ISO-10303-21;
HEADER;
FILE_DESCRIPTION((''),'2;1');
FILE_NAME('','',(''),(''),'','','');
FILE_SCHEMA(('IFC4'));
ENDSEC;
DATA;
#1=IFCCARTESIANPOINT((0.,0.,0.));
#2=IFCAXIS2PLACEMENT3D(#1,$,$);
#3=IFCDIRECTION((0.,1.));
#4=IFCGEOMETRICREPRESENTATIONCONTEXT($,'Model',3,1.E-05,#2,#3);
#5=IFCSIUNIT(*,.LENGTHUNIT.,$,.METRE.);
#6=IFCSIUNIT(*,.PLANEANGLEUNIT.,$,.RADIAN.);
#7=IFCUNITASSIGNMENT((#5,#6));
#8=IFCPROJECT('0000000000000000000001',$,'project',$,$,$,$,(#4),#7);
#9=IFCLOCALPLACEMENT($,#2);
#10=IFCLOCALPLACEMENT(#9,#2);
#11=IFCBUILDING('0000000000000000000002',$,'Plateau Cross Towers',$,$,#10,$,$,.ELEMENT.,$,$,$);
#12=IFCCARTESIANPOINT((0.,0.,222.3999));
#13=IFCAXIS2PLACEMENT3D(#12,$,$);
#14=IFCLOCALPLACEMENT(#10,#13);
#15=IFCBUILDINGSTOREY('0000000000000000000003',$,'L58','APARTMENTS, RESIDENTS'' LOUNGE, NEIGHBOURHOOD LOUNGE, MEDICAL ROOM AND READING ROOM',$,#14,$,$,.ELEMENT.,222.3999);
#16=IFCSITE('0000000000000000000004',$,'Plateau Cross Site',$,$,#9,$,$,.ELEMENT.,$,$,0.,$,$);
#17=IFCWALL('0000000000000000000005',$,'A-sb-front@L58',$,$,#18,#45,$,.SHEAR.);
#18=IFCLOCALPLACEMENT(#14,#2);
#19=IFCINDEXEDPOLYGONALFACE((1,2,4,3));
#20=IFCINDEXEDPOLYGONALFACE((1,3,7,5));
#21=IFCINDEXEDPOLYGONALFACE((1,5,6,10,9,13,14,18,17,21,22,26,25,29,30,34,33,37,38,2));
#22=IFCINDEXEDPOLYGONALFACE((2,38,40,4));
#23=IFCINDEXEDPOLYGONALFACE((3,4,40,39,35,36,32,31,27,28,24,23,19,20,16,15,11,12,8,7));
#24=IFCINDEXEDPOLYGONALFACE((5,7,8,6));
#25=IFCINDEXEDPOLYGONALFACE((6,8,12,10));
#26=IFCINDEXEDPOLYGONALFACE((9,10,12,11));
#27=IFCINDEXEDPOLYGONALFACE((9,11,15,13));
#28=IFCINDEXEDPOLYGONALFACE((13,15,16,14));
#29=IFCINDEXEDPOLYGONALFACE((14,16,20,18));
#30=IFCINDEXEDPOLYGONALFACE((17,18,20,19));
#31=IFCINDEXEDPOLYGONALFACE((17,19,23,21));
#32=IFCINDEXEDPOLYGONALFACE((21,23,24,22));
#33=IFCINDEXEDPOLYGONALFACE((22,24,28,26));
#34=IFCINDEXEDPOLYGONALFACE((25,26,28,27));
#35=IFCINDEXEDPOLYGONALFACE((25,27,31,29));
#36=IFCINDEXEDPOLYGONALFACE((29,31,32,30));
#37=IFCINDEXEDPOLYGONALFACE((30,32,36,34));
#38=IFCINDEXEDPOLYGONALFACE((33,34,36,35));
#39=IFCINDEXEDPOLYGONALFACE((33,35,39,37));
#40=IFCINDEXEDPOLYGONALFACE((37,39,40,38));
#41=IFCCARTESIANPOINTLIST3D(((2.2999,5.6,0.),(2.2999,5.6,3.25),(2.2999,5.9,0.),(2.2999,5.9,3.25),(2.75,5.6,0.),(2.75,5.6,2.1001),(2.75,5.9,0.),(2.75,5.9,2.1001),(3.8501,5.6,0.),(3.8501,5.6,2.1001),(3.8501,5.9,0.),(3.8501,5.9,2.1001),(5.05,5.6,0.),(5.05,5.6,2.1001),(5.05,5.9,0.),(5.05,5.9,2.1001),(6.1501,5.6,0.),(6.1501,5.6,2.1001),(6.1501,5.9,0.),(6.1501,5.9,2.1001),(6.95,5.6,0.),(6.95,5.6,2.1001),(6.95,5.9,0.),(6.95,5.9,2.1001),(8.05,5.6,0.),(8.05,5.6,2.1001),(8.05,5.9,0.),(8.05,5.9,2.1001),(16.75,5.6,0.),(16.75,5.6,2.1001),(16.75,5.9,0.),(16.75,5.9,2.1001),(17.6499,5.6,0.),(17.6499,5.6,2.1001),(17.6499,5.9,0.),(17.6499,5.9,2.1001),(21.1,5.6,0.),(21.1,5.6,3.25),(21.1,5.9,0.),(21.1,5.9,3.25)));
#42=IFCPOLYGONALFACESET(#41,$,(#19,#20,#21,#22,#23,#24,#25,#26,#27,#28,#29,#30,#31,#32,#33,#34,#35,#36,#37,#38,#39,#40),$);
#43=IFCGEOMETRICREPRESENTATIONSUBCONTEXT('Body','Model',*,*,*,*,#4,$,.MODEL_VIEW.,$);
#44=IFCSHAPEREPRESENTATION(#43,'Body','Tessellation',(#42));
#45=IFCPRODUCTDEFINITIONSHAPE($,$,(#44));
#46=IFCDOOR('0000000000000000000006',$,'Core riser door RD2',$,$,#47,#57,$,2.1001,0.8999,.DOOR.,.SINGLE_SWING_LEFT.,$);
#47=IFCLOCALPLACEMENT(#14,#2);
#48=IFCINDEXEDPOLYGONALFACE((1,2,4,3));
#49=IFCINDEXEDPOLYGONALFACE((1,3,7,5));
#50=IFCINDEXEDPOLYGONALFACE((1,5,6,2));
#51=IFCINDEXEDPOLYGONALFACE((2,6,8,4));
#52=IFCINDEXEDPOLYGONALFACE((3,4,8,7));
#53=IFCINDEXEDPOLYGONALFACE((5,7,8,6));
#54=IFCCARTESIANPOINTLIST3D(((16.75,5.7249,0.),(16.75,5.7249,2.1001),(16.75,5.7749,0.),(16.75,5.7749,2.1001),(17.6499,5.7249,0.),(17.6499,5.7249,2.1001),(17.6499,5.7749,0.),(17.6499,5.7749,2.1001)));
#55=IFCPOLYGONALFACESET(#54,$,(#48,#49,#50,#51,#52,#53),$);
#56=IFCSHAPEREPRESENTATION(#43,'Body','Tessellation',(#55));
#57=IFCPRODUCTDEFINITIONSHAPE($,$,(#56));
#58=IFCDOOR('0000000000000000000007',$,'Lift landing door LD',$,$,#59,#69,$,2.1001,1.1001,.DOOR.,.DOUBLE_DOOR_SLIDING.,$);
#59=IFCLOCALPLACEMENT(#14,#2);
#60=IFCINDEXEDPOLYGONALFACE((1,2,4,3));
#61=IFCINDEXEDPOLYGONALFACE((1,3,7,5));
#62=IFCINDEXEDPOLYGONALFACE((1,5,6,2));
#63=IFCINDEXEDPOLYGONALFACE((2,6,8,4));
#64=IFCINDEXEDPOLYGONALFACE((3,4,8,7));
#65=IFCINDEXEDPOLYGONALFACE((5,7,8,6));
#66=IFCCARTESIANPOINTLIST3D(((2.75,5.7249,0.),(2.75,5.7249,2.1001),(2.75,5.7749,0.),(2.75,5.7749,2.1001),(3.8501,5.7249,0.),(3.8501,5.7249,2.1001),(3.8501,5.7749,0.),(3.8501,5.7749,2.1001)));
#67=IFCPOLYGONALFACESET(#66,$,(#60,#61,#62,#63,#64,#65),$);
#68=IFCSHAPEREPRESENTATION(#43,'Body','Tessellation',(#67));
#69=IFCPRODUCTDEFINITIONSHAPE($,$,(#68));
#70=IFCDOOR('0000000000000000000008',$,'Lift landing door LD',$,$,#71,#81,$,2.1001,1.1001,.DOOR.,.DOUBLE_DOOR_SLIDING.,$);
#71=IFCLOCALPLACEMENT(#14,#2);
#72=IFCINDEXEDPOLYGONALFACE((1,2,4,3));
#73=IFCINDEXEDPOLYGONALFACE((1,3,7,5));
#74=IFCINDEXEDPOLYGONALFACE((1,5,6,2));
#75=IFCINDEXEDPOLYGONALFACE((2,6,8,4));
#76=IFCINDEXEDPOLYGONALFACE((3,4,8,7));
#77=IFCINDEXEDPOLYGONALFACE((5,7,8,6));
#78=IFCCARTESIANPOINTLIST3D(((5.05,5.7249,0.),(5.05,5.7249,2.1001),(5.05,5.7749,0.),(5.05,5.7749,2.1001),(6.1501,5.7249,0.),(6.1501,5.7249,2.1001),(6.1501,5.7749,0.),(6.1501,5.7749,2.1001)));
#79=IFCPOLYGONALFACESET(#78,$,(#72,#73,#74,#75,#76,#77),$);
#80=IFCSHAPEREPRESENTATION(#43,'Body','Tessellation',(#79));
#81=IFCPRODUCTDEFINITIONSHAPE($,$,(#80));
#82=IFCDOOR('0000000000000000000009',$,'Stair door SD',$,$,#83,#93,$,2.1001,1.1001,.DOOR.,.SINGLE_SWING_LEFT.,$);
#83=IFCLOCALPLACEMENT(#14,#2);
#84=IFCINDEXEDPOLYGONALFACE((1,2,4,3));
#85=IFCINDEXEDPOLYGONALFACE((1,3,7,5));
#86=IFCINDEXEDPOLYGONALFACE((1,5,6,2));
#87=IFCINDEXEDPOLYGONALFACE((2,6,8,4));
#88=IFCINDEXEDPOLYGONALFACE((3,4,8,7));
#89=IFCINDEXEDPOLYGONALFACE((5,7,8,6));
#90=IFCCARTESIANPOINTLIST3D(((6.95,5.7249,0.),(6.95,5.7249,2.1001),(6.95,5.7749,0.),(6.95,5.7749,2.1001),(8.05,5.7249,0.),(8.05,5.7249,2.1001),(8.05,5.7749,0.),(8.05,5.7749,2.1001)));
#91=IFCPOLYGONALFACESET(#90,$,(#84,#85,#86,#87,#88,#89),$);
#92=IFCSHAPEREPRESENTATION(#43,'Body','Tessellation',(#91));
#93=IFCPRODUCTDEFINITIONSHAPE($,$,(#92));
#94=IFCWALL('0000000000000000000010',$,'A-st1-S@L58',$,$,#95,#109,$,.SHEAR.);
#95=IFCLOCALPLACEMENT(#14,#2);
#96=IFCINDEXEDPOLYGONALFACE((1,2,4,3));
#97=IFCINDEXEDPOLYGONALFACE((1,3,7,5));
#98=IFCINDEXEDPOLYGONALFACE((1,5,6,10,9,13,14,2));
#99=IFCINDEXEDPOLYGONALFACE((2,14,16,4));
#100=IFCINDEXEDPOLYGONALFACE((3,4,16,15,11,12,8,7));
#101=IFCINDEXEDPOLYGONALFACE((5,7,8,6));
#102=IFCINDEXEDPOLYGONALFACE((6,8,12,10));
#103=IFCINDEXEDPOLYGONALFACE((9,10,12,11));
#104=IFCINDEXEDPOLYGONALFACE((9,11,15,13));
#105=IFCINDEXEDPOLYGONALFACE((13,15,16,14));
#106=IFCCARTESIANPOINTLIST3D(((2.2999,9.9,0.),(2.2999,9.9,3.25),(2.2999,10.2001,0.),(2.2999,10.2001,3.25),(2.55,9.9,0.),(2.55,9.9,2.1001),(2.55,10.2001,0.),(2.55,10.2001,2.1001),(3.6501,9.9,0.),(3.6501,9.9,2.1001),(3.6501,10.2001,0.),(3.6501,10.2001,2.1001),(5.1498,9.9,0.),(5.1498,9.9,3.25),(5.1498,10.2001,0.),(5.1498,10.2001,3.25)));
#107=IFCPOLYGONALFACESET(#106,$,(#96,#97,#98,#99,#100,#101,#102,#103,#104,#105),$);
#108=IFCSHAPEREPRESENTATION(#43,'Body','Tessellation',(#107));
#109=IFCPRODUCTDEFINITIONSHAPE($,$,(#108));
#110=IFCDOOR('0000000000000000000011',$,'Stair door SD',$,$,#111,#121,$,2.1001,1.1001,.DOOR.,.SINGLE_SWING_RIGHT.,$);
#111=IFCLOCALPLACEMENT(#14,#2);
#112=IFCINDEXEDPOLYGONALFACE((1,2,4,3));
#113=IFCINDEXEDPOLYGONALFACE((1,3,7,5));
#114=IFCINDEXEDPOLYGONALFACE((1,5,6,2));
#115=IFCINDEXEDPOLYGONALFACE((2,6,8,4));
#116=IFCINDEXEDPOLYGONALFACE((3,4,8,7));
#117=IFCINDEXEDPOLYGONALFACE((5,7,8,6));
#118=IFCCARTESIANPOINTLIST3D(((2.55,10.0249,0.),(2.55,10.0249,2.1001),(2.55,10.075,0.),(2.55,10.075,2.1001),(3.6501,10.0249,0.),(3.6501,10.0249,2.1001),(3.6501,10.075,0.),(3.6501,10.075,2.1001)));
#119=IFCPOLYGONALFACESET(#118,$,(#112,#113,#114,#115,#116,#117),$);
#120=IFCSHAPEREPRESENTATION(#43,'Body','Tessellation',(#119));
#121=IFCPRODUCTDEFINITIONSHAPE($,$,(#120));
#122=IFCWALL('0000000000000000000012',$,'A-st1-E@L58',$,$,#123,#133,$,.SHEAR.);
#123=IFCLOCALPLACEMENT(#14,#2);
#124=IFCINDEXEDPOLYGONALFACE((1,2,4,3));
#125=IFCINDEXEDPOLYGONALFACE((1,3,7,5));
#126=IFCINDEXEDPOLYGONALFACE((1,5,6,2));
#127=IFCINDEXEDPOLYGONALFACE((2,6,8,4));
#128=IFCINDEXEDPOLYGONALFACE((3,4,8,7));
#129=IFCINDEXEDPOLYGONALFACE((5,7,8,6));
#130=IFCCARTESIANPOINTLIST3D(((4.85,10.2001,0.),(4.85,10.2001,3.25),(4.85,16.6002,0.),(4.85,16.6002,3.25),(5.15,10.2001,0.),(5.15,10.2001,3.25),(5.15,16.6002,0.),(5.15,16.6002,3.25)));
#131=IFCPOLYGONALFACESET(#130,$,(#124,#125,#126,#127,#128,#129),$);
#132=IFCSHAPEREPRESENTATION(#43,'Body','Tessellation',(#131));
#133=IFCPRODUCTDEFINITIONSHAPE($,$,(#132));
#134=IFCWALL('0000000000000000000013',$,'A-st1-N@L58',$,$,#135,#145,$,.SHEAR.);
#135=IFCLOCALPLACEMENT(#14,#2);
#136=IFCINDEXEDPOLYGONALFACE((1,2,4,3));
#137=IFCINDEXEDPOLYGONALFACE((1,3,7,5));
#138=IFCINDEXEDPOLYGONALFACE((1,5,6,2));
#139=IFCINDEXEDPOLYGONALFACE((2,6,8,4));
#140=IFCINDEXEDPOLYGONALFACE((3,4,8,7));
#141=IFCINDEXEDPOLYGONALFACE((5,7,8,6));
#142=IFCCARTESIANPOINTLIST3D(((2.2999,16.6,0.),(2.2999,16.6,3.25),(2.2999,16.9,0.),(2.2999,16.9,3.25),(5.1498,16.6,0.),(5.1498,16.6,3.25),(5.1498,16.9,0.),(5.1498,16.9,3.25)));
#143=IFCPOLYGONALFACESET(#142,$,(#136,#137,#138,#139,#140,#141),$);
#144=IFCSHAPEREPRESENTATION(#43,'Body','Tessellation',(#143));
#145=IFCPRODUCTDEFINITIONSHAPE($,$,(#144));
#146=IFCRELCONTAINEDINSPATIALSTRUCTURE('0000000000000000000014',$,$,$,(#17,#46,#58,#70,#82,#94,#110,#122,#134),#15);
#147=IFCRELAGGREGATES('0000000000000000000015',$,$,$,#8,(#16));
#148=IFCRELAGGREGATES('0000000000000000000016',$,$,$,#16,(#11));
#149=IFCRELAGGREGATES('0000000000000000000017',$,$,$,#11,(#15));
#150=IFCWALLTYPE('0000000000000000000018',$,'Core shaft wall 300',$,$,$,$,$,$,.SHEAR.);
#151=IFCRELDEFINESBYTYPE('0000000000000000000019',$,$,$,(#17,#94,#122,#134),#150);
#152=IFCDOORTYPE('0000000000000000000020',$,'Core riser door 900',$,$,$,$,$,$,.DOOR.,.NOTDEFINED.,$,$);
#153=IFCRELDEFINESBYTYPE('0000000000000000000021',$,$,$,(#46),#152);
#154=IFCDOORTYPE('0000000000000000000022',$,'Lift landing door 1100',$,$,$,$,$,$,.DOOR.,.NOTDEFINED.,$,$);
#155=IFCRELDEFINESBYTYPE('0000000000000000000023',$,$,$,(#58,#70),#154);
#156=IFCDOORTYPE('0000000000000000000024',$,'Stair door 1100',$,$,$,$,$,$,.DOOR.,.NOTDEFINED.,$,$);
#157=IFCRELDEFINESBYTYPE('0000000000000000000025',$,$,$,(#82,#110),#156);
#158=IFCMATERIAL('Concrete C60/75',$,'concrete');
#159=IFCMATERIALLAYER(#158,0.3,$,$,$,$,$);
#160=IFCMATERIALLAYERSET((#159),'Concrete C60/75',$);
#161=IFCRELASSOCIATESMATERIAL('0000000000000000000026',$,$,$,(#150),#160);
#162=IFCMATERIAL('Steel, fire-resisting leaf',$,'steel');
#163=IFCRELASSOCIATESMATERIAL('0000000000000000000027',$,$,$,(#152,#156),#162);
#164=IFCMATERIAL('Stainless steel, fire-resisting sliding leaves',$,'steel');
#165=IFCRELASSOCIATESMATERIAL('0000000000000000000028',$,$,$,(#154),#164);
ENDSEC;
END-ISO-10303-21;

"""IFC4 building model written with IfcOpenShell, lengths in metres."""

from ifc_helpers import new_model, si_unit, direction, frame, frame_2d, origin, place, context, subcontext, project, spatial, rectangle, extrude, material, layer, layer_set, type_object, element, fill, save


model = new_model("IFC4")

# Units and contexts
model_context = context("Model", 3, precision=1e-05, world=origin(), true_north=direction((0.0, 1.0)))
body_context = subcontext(model_context, "Body", "Model", "MODEL_VIEW")
ifc_project = project(units=[si_unit("LENGTHUNIT", "METRE"), si_unit("PLANEANGLEUNIT", "RADIAN")], contexts=[model_context])

# Site, building, storey
site_placement = place(None, origin())
site = spatial("IfcSite", under=ifc_project, at=site_placement, Name="Plateau Cross Site", CompositionType="ELEMENT", RefElevation=0.0)
building_placement = place(site_placement, origin())
building = spatial("IfcBuilding", under=site, at=building_placement, Name="Plateau Cross Towers", CompositionType="ELEMENT")
storey_placement = place(building_placement, frame((0.0, 0.0, 222.3999)))
storey = spatial("IfcBuildingStorey", under=building, at=storey_placement, Name="L58", Description="APARTMENTS, RESIDENTS' LOUNGE, NEIGHBOURHOOD LOUNGE, MEDICAL ROOM AND READING ROOM", CompositionType="ELEMENT", Elevation=222.3999)

# Shared definitions
ifc_material_1 = material(Name="Concrete C60/75", Category="concrete")
ifc_layer_1 = layer(ifc_material_1, 0.3)
ifc_layer_set_1 = layer_set([ifc_layer_1], Name="Concrete C60/75")
wall_type_1 = type_object("IfcWallType", Name="Core shaft wall 300", PredefinedType="SHEAR", material=ifc_layer_set_1)

# Wall, openings, doors
wall_1_placement = place(storey_placement, frame((2.3, 5.75, 0.0), z_axis=(0.0, 0.0, 1.0), x_axis=(1.0, 0.0, 0.0)))
wall_1 = element("IfcWall", 1, at=wall_1_placement, inside=storey, type_object=wall_type_1, Name="A-sb-front@L58", PredefinedType="SHEAR", context=body_context, shape_type="SweptSolid", body=[
    extrude(rectangle(XDim=18.8, YDim=0.3, at=frame_2d((9.3999, 0.0))), origin(), (0.0, 0.0, 1.0), 3.25),
])
opening_1_placement = place(wall_1_placement, frame((4.6499, 0.0, 0.0)))
opening_1 = element("IfcOpeningElement", 2, at=opening_1_placement, cuts=wall_1, PredefinedType="OPENING", context=body_context, shape_type="SweptSolid", body=[
    extrude(rectangle(XDim=1.1001, YDim=2.1001, at=frame_2d((0.55, 1.05))), frame((0.0, 0.1599, 0.0), z_axis=(0.0, -1.0, 0.0), x_axis=(1.0, 0.0, 0.0)), (0.0, 0.0, 1.0), 0.3201),
])
opening_2_placement = place(wall_1_placement, frame((0.45, 0.0, 0.0)))
opening_2 = element("IfcOpeningElement", 3, at=opening_2_placement, cuts=wall_1, PredefinedType="OPENING", context=body_context, shape_type="SweptSolid", body=[
    extrude(rectangle(XDim=1.1001, YDim=2.1001, at=frame_2d((0.55, 1.05))), frame((0.0, 0.1599, 0.0), z_axis=(0.0, -1.0, 0.0), x_axis=(1.0, 0.0, 0.0)), (0.0, 0.0, 1.0), 0.3201),
])
opening_3_placement = place(wall_1_placement, frame((2.75, 0.0, 0.0)))
opening_3 = element("IfcOpeningElement", 4, at=opening_3_placement, cuts=wall_1, PredefinedType="OPENING", context=body_context, shape_type="SweptSolid", body=[
    extrude(rectangle(XDim=1.1001, YDim=2.1001, at=frame_2d((0.55, 1.05))), frame((0.0, 0.1599, 0.0), z_axis=(0.0, -1.0, 0.0), x_axis=(1.0, 0.0, 0.0)), (0.0, 0.0, 1.0), 0.3201),
])
opening_4_placement = place(wall_1_placement, frame((14.45, 0.0, 0.0)))
opening_4 = element("IfcOpeningElement", 5, at=opening_4_placement, cuts=wall_1, PredefinedType="OPENING", context=body_context, shape_type="SweptSolid", body=[
    extrude(rectangle(XDim=0.8999, YDim=2.1001, at=frame_2d((0.45, 1.05))), frame((0.0, 0.1599, 0.0), z_axis=(0.0, -1.0, 0.0), x_axis=(1.0, 0.0, 0.0)), (0.0, 0.0, 1.0), 0.3201),
])
ifc_material_2 = material(Name="Steel, fire-resisting leaf", Category="steel")
door_type_1 = type_object("IfcDoorType", Name="Core riser door 900", OperationType="NOTDEFINED", PredefinedType="DOOR", material=ifc_material_2)
door_1_placement = place(opening_4_placement, origin())
door_1 = element("IfcDoor", 6, at=door_1_placement, inside=storey, type_object=door_type_1, Name="Core riser door RD2", OperationType="SINGLE_SWING_LEFT", OverallHeight=2.1001, OverallWidth=0.8999, PredefinedType="DOOR", context=body_context, shape_type="SweptSolid", body=[
    extrude(rectangle(XDim=0.8999, YDim=2.1001, at=frame_2d((0.45, 1.05))), frame((0.0, 0.0249, 0.0), z_axis=(0.0, -1.0, 0.0), x_axis=(1.0, 0.0, 0.0)), (0.0, 0.0, 1.0), 0.05),
])
fill(opening_4, door_1)
ifc_material_3 = material(Name="Stainless steel, fire-resisting sliding leaves", Category="steel")
door_type_2 = type_object("IfcDoorType", Name="Lift landing door 1100", OperationType="NOTDEFINED", PredefinedType="DOOR", material=ifc_material_3)
door_2_placement = place(opening_2_placement, origin())
door_2 = element("IfcDoor", 7, at=door_2_placement, inside=storey, type_object=door_type_2, Name="Lift landing door LD", OperationType="DOUBLE_DOOR_SLIDING", OverallHeight=2.1001, OverallWidth=1.1001, PredefinedType="DOOR", context=body_context, shape_type="SweptSolid", body=[
    extrude(rectangle(XDim=1.1001, YDim=2.1001, at=frame_2d((0.55, 1.05))), frame((0.0, 0.0249, 0.0), z_axis=(0.0, -1.0, 0.0), x_axis=(1.0, 0.0, 0.0)), (0.0, 0.0, 1.0), 0.05),
])
fill(opening_2, door_2)
door_3_placement = place(opening_3_placement, origin())
door_3 = element("IfcDoor", 8, at=door_3_placement, inside=storey, type_object=door_type_2, Name="Lift landing door LD", OperationType="DOUBLE_DOOR_SLIDING", OverallHeight=2.1001, OverallWidth=1.1001, PredefinedType="DOOR", context=body_context, shape_type="SweptSolid", body=[
    extrude(rectangle(XDim=1.1001, YDim=2.1001, at=frame_2d((0.55, 1.05))), frame((0.0, 0.0249, 0.0), z_axis=(0.0, -1.0, 0.0), x_axis=(1.0, 0.0, 0.0)), (0.0, 0.0, 1.0), 0.05),
])
fill(opening_3, door_3)
door_type_3 = type_object("IfcDoorType", Name="Stair door 1100", OperationType="NOTDEFINED", PredefinedType="DOOR", material=ifc_material_2)
door_4_placement = place(opening_1_placement, origin())
door_4 = element("IfcDoor", 9, at=door_4_placement, inside=storey, type_object=door_type_3, Name="Stair door SD", OperationType="SINGLE_SWING_LEFT", OverallHeight=2.1001, OverallWidth=1.1001, PredefinedType="DOOR", context=body_context, shape_type="SweptSolid", body=[
    extrude(rectangle(XDim=1.1001, YDim=2.1001, at=frame_2d((0.55, 1.05))), frame((0.0, 0.0249, 0.0), z_axis=(0.0, -1.0, 0.0), x_axis=(1.0, 0.0, 0.0)), (0.0, 0.0, 1.0), 0.05),
])
fill(opening_1, door_4)

# Wall, opening, door
wall_2_placement = place(storey_placement, frame((2.3, 10.05, 0.0), z_axis=(0.0, 0.0, 1.0), x_axis=(1.0, 0.0, 0.0)))
wall_2 = element("IfcWall", 10, at=wall_2_placement, inside=storey, type_object=wall_type_1, Name="A-st1-S@L58", PredefinedType="SHEAR", context=body_context, shape_type="SweptSolid", body=[
    extrude(rectangle(XDim=2.8499, YDim=0.3, at=frame_2d((1.4248, 0.0))), origin(), (0.0, 0.0, 1.0), 3.25),
])
opening_5_placement = place(wall_2_placement, frame((0.25, 0.0, 0.0)))
opening_5 = element("IfcOpeningElement", 11, at=opening_5_placement, cuts=wall_2, PredefinedType="OPENING", context=body_context, shape_type="SweptSolid", body=[
    extrude(rectangle(XDim=1.1001, YDim=2.1001, at=frame_2d((0.55, 1.05))), frame((0.0, 0.1599, 0.0), z_axis=(0.0, -1.0, 0.0), x_axis=(1.0, 0.0, 0.0)), (0.0, 0.0, 1.0), 0.3201),
])
door_5_placement = place(opening_5_placement, origin())
door_5 = element("IfcDoor", 12, at=door_5_placement, inside=storey, type_object=door_type_3, Name="Stair door SD", OperationType="SINGLE_SWING_RIGHT", OverallHeight=2.1001, OverallWidth=1.1001, PredefinedType="DOOR", context=body_context, shape_type="SweptSolid", body=[
    extrude(rectangle(XDim=1.1001, YDim=2.1001, at=frame_2d((0.55, 1.05))), frame((0.0, 0.0249, 0.0), z_axis=(0.0, -1.0, 0.0), x_axis=(1.0, 0.0, 0.0)), (0.0, 0.0, 1.0), 0.05),
])
fill(opening_5, door_5)

# Walls
wall_3_placement = place(storey_placement, frame((5.0, 10.2, 0.0), z_axis=(0.0, 0.0, 1.0), x_axis=(0.0, 1.0, 0.0)))
element("IfcWall", 13, at=wall_3_placement, inside=storey, type_object=wall_type_1, Name="A-st1-E@L58", PredefinedType="SHEAR", context=body_context, shape_type="SweptSolid", body=[
    extrude(rectangle(XDim=6.4001, YDim=0.3, at=frame_2d((3.2002, 0.0))), origin(), (0.0, 0.0, 1.0), 3.25),
])
wall_4_placement = place(storey_placement, frame((2.3, 16.75, 0.0), z_axis=(0.0, 0.0, 1.0), x_axis=(1.0, 0.0, 0.0)))
element("IfcWall", 14, at=wall_4_placement, inside=storey, type_object=wall_type_1, Name="A-st1-N@L58", PredefinedType="SHEAR", context=body_context, shape_type="SweptSolid", body=[
    extrude(rectangle(XDim=2.8499, YDim=0.3, at=frame_2d((1.4248, 0.0))), origin(), (0.0, 0.0, 1.0), 3.25),
])

save(model, "model.ifc")
